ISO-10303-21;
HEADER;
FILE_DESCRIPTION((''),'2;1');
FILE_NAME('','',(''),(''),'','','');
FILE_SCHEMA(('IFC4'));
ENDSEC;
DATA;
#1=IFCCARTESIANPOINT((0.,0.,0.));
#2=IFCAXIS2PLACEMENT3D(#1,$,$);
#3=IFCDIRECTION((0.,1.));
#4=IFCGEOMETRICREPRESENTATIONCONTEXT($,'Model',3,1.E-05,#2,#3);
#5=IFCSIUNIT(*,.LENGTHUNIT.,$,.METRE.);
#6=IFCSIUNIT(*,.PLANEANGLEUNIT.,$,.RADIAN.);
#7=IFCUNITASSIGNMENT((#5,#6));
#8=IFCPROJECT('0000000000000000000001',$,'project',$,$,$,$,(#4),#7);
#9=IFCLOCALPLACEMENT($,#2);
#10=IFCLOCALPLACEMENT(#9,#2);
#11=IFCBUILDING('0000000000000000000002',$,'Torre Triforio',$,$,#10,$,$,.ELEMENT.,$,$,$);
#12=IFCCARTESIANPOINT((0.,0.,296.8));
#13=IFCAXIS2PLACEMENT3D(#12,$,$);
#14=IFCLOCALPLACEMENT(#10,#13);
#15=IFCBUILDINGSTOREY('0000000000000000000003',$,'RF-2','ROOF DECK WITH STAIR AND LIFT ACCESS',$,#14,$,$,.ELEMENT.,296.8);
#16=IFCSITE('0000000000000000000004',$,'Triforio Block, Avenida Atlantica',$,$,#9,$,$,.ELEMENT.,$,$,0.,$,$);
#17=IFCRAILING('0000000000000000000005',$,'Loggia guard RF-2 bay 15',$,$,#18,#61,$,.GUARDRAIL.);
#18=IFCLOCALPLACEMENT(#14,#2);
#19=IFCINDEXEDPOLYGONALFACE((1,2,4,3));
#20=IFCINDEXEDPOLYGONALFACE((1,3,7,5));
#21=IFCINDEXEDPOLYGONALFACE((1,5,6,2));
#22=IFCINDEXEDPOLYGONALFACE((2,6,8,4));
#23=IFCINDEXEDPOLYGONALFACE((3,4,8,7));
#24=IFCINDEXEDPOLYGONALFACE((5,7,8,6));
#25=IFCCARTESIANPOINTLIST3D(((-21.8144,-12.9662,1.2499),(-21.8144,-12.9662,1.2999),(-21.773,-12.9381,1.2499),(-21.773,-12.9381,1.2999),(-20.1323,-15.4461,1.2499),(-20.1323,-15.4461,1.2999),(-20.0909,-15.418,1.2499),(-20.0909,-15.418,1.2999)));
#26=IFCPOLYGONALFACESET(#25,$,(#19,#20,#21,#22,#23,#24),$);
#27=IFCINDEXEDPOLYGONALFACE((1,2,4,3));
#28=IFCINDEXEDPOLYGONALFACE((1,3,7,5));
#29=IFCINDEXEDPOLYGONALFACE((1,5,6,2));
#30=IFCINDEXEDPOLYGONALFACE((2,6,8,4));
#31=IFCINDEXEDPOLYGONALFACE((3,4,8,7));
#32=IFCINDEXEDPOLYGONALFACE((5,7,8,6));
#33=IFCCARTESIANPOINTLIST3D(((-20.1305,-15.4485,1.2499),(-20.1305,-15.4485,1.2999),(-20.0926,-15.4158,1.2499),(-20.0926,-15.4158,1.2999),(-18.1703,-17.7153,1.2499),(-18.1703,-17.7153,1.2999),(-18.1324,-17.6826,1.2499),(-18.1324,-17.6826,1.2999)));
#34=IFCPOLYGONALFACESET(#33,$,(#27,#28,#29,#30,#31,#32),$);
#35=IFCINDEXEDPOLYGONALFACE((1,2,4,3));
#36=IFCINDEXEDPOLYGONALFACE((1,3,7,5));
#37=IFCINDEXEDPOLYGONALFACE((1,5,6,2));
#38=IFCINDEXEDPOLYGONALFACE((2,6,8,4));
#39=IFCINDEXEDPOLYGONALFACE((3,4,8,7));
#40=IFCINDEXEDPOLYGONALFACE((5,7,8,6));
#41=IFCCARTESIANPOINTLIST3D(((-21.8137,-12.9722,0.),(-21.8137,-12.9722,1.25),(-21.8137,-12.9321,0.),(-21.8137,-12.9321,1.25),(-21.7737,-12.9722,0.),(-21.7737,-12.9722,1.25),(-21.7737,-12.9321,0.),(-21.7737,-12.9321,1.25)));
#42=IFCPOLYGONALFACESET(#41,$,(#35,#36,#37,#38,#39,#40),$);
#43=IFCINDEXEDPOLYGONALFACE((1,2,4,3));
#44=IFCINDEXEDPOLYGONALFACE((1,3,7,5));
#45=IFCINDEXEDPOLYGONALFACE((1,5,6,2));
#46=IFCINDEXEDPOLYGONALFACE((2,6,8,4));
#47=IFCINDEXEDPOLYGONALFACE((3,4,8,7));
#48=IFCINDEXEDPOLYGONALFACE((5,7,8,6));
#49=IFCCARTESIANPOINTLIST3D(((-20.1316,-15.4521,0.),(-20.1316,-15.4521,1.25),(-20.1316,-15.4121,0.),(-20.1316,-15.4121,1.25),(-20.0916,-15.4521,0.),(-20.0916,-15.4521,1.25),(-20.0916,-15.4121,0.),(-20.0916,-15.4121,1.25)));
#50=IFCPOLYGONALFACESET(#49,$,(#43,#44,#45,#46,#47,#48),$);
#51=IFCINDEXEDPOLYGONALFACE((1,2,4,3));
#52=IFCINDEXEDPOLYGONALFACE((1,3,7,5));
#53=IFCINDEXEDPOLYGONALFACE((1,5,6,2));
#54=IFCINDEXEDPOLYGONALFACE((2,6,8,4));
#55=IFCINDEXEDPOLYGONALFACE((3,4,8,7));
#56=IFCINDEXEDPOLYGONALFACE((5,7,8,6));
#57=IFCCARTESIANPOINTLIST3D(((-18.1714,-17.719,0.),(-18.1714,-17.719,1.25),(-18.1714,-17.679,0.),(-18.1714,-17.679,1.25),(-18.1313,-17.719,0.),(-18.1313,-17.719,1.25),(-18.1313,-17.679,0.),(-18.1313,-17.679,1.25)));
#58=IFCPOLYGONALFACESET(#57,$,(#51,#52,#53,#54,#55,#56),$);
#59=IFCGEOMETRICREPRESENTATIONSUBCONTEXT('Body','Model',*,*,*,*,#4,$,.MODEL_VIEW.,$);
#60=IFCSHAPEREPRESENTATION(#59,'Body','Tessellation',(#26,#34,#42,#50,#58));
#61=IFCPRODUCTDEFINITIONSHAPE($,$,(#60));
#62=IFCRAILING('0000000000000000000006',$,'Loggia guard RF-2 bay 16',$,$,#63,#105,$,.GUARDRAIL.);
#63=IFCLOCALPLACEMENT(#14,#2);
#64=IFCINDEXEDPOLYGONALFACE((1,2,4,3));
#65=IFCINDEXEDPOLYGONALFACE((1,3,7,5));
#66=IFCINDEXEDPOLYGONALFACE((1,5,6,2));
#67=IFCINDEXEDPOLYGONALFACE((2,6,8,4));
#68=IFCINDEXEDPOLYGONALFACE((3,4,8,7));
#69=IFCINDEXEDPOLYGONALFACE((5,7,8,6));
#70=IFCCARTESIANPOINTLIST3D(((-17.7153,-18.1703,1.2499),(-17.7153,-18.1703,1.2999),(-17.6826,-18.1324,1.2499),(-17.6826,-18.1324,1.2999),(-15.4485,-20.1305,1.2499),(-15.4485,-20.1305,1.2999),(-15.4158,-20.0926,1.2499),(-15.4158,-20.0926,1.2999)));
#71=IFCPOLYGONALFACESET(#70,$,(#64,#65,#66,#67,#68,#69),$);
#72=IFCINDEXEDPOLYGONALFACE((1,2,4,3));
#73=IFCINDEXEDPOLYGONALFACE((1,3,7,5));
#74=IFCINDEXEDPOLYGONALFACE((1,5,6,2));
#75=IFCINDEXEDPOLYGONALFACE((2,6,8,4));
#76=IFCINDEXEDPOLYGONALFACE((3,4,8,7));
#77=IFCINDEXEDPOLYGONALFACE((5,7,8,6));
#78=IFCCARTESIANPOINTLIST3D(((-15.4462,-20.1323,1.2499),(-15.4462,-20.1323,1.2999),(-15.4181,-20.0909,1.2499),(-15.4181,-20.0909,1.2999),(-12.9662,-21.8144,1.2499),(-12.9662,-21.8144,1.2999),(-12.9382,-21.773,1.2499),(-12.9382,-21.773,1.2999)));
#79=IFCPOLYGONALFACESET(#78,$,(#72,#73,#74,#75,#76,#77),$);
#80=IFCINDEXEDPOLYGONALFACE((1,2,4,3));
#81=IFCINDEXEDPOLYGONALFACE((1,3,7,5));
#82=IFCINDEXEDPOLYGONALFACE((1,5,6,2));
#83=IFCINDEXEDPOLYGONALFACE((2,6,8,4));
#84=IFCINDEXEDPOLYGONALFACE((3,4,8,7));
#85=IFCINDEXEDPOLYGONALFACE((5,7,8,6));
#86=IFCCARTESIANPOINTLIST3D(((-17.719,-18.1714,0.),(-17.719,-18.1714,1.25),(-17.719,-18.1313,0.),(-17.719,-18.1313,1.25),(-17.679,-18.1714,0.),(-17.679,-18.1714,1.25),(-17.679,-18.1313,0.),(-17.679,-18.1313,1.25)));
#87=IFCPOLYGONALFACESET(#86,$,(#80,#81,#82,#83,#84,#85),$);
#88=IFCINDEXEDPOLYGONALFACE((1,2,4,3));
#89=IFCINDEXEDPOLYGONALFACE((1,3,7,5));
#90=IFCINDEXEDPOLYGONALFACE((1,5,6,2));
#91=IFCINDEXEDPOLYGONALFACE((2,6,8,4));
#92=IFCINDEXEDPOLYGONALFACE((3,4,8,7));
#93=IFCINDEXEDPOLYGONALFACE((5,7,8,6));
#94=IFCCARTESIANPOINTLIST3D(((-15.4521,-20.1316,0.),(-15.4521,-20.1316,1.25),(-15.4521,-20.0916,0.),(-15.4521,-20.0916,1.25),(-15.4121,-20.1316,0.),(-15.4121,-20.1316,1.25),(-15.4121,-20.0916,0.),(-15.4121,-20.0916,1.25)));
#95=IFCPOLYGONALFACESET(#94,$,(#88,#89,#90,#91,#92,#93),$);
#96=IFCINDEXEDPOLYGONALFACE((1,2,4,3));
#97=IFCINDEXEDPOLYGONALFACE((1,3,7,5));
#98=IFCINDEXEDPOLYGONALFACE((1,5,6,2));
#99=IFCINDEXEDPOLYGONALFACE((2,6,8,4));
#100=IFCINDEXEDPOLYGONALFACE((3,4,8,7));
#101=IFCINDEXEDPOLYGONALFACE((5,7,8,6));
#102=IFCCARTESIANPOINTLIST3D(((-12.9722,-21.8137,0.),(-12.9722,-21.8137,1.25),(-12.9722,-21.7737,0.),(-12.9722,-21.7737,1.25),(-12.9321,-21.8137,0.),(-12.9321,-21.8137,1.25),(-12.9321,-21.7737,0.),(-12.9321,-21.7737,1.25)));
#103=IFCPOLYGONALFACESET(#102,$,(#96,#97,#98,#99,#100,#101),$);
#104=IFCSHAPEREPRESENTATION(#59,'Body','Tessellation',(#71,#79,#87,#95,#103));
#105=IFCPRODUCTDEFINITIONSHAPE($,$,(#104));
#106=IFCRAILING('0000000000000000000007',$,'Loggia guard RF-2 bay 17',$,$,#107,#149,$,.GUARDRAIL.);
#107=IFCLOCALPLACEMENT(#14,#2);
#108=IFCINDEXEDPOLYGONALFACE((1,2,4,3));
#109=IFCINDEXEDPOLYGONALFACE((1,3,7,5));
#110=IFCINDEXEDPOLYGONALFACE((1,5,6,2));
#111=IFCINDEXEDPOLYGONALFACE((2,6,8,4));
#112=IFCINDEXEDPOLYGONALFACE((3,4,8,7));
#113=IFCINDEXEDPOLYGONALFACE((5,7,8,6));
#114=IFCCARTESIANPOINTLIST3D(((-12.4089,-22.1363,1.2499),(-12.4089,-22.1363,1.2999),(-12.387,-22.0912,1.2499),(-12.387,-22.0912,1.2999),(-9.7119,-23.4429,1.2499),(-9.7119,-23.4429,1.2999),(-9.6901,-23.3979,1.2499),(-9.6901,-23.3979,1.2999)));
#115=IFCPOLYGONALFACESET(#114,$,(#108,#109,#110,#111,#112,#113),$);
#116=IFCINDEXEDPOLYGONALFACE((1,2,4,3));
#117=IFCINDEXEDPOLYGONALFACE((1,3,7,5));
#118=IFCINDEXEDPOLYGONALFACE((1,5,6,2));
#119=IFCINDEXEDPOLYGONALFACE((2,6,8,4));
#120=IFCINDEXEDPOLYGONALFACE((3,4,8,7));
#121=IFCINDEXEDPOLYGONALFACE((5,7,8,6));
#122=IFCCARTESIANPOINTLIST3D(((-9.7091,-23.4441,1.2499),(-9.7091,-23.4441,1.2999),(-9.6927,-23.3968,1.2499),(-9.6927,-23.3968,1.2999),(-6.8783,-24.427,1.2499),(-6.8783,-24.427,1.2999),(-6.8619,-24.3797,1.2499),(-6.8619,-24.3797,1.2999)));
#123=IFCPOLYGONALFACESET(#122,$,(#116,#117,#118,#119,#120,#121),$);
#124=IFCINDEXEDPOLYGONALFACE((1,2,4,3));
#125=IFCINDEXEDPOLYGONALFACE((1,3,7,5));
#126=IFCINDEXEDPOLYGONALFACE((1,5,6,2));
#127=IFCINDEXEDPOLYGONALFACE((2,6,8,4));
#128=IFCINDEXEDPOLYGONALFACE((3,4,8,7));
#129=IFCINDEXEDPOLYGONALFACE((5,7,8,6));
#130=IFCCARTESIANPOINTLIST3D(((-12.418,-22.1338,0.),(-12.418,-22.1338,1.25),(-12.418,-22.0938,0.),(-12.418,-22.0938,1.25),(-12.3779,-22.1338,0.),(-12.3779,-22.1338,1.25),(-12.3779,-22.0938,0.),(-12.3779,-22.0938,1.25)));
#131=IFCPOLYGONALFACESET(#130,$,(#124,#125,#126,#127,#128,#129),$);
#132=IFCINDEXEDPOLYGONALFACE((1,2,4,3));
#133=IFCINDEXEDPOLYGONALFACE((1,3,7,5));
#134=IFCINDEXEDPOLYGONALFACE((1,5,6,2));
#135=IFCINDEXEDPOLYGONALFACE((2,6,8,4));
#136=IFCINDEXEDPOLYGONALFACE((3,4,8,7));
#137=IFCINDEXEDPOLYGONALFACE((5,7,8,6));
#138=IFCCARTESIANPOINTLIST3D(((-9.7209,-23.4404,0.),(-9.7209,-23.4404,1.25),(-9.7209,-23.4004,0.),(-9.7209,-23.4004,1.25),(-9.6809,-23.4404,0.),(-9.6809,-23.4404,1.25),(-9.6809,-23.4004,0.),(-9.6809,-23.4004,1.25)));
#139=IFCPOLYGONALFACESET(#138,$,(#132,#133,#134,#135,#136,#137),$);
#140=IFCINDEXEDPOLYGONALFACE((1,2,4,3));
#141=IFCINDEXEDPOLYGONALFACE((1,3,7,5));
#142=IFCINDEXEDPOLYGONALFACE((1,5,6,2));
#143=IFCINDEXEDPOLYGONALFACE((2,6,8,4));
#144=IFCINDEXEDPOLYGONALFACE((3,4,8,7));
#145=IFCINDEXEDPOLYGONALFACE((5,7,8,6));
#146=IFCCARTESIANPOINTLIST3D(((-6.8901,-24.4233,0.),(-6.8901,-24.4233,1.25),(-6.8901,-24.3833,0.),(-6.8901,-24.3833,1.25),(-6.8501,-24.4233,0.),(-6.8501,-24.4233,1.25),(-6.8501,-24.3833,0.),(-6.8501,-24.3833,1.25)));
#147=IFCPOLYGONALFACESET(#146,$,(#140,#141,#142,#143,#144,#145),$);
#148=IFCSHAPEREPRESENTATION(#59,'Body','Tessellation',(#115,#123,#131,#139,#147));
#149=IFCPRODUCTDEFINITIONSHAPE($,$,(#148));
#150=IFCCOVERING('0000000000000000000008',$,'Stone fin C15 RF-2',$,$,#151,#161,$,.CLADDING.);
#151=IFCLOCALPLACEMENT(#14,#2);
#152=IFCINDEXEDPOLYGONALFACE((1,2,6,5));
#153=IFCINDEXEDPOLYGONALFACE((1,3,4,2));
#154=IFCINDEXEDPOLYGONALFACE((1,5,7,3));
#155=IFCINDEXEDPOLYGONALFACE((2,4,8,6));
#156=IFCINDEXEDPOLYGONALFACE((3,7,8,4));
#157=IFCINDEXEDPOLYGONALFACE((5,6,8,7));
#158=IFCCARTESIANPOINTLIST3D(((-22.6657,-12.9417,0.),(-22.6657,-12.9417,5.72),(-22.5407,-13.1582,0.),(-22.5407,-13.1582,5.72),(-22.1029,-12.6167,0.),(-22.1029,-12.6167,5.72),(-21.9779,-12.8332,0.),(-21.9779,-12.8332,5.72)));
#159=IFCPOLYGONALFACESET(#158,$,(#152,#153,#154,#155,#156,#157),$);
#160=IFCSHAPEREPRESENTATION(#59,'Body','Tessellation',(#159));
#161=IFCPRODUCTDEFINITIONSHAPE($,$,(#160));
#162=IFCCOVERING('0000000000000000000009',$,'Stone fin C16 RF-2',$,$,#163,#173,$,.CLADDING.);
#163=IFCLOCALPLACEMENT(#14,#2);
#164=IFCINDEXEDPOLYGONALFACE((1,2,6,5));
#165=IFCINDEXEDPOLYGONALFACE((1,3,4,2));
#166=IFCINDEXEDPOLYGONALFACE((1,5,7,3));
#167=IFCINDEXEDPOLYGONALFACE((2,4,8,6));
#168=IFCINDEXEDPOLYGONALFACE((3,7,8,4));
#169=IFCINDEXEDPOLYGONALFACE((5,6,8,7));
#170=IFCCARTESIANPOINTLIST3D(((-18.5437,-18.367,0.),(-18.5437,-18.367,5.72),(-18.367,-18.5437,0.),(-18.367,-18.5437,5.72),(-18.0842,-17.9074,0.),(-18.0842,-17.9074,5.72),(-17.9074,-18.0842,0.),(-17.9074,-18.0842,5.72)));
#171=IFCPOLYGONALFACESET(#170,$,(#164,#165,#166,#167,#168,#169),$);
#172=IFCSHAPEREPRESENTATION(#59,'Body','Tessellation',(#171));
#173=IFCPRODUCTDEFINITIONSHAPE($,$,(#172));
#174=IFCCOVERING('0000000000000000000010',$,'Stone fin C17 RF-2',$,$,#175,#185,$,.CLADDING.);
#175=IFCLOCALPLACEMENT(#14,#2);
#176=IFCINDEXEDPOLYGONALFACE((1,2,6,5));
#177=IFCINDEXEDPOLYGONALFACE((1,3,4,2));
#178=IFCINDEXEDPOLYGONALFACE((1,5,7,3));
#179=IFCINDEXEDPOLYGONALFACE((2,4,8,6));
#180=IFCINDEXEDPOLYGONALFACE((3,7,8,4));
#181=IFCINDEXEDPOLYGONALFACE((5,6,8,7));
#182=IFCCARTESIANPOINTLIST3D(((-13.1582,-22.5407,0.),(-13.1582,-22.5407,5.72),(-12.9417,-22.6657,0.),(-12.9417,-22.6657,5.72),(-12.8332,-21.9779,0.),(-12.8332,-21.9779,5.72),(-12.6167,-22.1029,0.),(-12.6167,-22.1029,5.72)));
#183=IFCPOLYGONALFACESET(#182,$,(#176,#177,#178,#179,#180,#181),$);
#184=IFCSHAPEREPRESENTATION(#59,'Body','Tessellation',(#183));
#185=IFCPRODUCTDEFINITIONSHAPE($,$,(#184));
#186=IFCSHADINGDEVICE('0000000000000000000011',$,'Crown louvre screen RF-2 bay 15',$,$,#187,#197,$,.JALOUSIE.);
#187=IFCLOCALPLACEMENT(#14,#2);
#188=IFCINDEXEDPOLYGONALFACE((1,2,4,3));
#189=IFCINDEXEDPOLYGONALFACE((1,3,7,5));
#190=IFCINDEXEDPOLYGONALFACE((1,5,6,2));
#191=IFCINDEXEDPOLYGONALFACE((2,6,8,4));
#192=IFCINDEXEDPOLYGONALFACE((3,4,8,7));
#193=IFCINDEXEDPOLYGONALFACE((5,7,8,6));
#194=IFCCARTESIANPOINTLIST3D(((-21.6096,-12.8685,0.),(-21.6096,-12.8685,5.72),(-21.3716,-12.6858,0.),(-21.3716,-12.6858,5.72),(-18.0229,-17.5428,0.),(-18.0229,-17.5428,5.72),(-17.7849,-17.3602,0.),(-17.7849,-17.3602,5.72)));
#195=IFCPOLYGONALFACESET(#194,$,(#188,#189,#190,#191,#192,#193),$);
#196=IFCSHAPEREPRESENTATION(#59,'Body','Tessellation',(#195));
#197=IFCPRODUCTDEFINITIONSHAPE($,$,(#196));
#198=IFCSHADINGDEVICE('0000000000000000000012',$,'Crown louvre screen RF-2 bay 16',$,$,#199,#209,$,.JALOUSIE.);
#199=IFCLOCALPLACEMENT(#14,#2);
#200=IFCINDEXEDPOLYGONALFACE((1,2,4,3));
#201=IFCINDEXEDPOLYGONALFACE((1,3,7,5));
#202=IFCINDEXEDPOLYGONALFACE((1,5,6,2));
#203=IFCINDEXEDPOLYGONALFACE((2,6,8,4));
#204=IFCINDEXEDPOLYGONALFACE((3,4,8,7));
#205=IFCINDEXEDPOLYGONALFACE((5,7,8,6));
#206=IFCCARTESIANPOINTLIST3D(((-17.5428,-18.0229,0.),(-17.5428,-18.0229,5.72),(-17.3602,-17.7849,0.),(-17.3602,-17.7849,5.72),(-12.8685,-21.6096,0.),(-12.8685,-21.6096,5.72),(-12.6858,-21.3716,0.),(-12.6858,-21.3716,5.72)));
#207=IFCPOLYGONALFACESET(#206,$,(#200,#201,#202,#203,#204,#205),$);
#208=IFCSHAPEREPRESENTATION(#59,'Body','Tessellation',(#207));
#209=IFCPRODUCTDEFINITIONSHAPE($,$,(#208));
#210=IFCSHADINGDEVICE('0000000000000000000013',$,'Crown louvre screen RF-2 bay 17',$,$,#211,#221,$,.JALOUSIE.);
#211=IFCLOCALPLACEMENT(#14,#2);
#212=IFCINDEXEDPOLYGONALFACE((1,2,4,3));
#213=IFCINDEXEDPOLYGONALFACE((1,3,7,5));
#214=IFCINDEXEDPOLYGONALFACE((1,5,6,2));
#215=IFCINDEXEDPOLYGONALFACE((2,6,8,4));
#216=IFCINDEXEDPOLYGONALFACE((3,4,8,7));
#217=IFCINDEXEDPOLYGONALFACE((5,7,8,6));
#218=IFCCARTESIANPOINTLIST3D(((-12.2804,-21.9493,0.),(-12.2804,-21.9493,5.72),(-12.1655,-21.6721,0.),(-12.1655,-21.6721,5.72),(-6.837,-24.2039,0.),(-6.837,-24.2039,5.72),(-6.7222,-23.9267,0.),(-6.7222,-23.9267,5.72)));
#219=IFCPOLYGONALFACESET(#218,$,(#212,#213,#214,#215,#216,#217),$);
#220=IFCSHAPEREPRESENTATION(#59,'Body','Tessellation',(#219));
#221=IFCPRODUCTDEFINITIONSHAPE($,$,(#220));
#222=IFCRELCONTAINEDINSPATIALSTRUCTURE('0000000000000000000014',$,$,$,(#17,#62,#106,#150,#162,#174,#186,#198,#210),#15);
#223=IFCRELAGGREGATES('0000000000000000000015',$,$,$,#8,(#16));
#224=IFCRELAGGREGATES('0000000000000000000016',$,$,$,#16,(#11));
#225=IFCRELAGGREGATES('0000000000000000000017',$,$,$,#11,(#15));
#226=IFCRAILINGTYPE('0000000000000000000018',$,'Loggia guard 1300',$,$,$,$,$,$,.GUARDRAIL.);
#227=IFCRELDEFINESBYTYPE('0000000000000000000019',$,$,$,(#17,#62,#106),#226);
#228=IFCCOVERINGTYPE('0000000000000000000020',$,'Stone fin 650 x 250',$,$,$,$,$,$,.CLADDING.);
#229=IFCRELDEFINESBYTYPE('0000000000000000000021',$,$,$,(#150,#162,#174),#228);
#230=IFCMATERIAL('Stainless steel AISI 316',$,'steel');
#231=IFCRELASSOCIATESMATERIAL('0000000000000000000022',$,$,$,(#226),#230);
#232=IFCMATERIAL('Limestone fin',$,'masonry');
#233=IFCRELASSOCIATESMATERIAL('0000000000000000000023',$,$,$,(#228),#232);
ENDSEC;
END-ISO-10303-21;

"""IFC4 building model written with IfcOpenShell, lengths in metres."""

from ifc_helpers import new_model, si_unit, direction, frame, origin, origin_2d, place, context, subcontext, project, spatial, polyline, rectangle, outline, extrude, material, material_profile, profile_set, type_object, element, save


model = new_model("IFC4")

# Units and contexts
model_context = context("Model", 3, precision=1e-05, world=origin(), true_north=direction((0.0, 1.0)))
body_context = subcontext(model_context, "Body", "Model", "MODEL_VIEW")
ifc_project = project(units=[si_unit("LENGTHUNIT", "METRE"), si_unit("PLANEANGLEUNIT", "RADIAN")], contexts=[model_context])

# Site, building, storey
site_placement = place(None, origin())
site = spatial("IfcSite", under=ifc_project, at=site_placement, Name="Triforio Block, Avenida Atlantica", CompositionType="ELEMENT", RefElevation=0.0)
building_placement = place(site_placement, origin())
building = spatial("IfcBuilding", under=site, at=building_placement, Name="Torre Triforio", CompositionType="ELEMENT")
storey_placement = place(building_placement, frame((0.0, 0.0, 296.8)))
storey = spatial("IfcBuildingStorey", under=building, at=storey_placement, Name="RF-2", Description="ROOF DECK WITH STAIR AND LIFT ACCESS", CompositionType="ELEMENT", Elevation=296.8)

# Railings
ifc_material_1 = material(Name="Stainless steel AISI 316", Category="steel")
railing_type = type_object("IfcRailingType", Name="Loggia guard 1300", PredefinedType="GUARDRAIL", material=ifc_material_1)
railing_1_placement = place(storey_placement, frame((-21.7937, -12.9521, 0.0)))
element("IfcRailing", 1, at=railing_1_placement, inside=storey, type_object=railing_type, Name="Loggia guard RF-2 bay 15", PredefinedType="GUARDRAIL", context=body_context, shape_type="SweptSolid", body=[
    extrude(rectangle(XDim=0.05, YDim=0.05, at=origin_2d()), frame((0.0, 0.0, 1.2749), z_axis=(0.561338, -0.827587, 0.0), x_axis=(0.827587, 0.561338, 0.0)), (0.0, 0.0, 1.0), 2.9966),
    extrude(rectangle(XDim=0.05, YDim=0.05, at=origin_2d()), frame((1.6821, -2.48, 1.2749), z_axis=(0.654093, -0.756414, 0.0), x_axis=(0.756414, 0.654093, 0.0)), (0.0, 0.0, 1.0), 2.9968),
    extrude(rectangle(XDim=0.04, YDim=0.04, at=origin_2d()), origin(), (0.0, 0.0, 1.0), 1.25),
    extrude(rectangle(XDim=0.04, YDim=0.04, at=origin_2d()), frame((1.6821, -2.48, 0.0)), (0.0, 0.0, 1.0), 1.25),
    extrude(rectangle(XDim=0.04, YDim=0.04, at=origin_2d()), frame((3.6423, -4.7468, 0.0)), (0.0, 0.0, 1.0), 1.25),
])
railing_2_placement = place(storey_placement, frame((-17.699, -18.1514, 0.0)))
element("IfcRailing", 2, at=railing_2_placement, inside=storey, type_object=railing_type, Name="Loggia guard RF-2 bay 16", PredefinedType="GUARDRAIL", context=body_context, shape_type="SweptSolid", body=[
    extrude(rectangle(XDim=0.05, YDim=0.05, at=origin_2d()), frame((0.0, 0.0, 1.2749), z_axis=(0.756414, -0.654093, 0.0), x_axis=(0.654093, 0.756414, 0.0)), (0.0, 0.0, 1.0), 2.9968),
    extrude(rectangle(XDim=0.05, YDim=0.05, at=origin_2d()), frame((2.2668, -1.9602, 1.2749), z_axis=(0.827587, -0.561338, 0.0), x_axis=(0.561338, 0.827587, 0.0)), (0.0, 0.0, 1.0), 2.9966),
    extrude(rectangle(XDim=0.04, YDim=0.04, at=origin_2d()), origin(), (0.0, 0.0, 1.0), 1.25),
    extrude(rectangle(XDim=0.04, YDim=0.04, at=origin_2d()), frame((2.2668, -1.9602, 0.0)), (0.0, 0.0, 1.0), 1.25),
    extrude(rectangle(XDim=0.04, YDim=0.04, at=origin_2d()), frame((4.7468, -3.6423, 0.0)), (0.0, 0.0, 1.0), 1.25),
])
railing_3_placement = place(storey_placement, frame((-12.3979, -22.1138, 0.0)))
element("IfcRailing", 3, at=railing_3_placement, inside=storey, type_object=railing_type, Name="Loggia guard RF-2 bay 17", PredefinedType="GUARDRAIL", context=body_context, shape_type="SweptSolid", body=[
    extrude(rectangle(XDim=0.05, YDim=0.05, at=origin_2d()), frame((0.0, 0.0, 1.2749), z_axis=(0.899946, -0.436002, 0.0), x_axis=(0.436002, 0.899946, 0.0)), (0.0, 0.0, 1.0), 2.9968),
    extrude(rectangle(XDim=0.05, YDim=0.05, at=origin_2d()), frame((2.697, -1.3066, 1.2749), z_axis=(0.944675, -0.328009, 0.0), x_axis=(0.328009, 0.944675, 0.0)), (0.0, 0.0, 1.0), 2.9966),
    extrude(rectangle(XDim=0.04, YDim=0.04, at=origin_2d()), origin(), (0.0, 0.0, 1.0), 1.25),
    extrude(rectangle(XDim=0.04, YDim=0.04, at=origin_2d()), frame((2.697, -1.3066, 0.0)), (0.0, 0.0, 1.0), 1.25),
    extrude(rectangle(XDim=0.04, YDim=0.04, at=origin_2d()), frame((5.5278, -2.2896, 0.0)), (0.0, 0.0, 1.0), 1.25),
])

# Coverings
ifc_material_2 = material(Name="Limestone fin", Category="masonry")
ifc_material_profile_1 = material_profile(ifc_material_2, rectangle(XDim=0.6499, YDim=0.25, at=origin_2d()), Name="FIN 650x250")
ifc_profile_set_1 = profile_set([ifc_material_profile_1], Name="Limestone fin")
covering_type = type_object("IfcCoveringType", Name="Stone fin 650 x 250", PredefinedType="CLADDING", material=ifc_profile_set_1)
for number, where, z_axis, x_axis, name in (
    (4, (-22.3218, -12.8875, 0.0), (0.0, 0.0, 1.0), (-0.866025, -0.5, 0.0), "Stone fin C15 RF-2"),
    (5, (-18.2256, -18.2256, 0.0), (0.0, 0.0, 1.0), (-0.707107, -0.707107, 0.0), "Stone fin C16 RF-2"),
    (6, (-12.8875, -22.3218, 0.0), (0.0, 0.0, 1.0), (-0.5, -0.866025, 0.0), "Stone fin C17 RF-2"),
):
    element("IfcCovering", number, at=place(storey_placement, frame(where, z_axis=z_axis, x_axis=x_axis)), inside=storey, type_object=covering_type, Name=name, PredefinedType="CLADDING", context=body_context, shape_type="SweptSolid", body=[
        extrude(rectangle(XDim=0.6499, YDim=0.25, at=origin_2d()), origin(), (0.0, 0.0, 1.0), 5.72),
    ])

# Shading devices
for number, where, z_axis, x_axis, name in (
    (7, (-21.4905, -12.7771, 0.0), (0.0, 0.0, 1.0), (0.608755, -0.793358, 0.0), "Crown louvre screen RF-2 bay 15"),
    (8, (-17.4514, -17.9038, 0.0), (0.0, 0.0, 1.0), (0.793358, -0.608755, 0.0), "Crown louvre screen RF-2 bay 16"),
    (9, (-12.2229, -21.8105, 0.0), (0.0, 0.0, 1.0), (0.923884, -0.382673, 0.0), "Crown louvre screen RF-2 bay 17"),
):
    element("IfcShadingDevice", number, at=place(storey_placement, frame(where, z_axis=z_axis, x_axis=x_axis)), inside=storey, Name=name, PredefinedType="JALOUSIE", context=body_context, shape_type="SweptSolid", body=[
        extrude(outline(polyline([(0.0, 0.0), (5.8918, 0.0), (5.8918, 5.72), (0.0, 5.72), (0.0, 0.0)])), frame((0.0, 0.1499, 0.0), z_axis=(0.0, -1.0, 0.0), x_axis=(1.0, 0.0, 0.0)), (0.0, 0.0, 1.0), 0.3),
    ])

save(model, "model.ifc")
